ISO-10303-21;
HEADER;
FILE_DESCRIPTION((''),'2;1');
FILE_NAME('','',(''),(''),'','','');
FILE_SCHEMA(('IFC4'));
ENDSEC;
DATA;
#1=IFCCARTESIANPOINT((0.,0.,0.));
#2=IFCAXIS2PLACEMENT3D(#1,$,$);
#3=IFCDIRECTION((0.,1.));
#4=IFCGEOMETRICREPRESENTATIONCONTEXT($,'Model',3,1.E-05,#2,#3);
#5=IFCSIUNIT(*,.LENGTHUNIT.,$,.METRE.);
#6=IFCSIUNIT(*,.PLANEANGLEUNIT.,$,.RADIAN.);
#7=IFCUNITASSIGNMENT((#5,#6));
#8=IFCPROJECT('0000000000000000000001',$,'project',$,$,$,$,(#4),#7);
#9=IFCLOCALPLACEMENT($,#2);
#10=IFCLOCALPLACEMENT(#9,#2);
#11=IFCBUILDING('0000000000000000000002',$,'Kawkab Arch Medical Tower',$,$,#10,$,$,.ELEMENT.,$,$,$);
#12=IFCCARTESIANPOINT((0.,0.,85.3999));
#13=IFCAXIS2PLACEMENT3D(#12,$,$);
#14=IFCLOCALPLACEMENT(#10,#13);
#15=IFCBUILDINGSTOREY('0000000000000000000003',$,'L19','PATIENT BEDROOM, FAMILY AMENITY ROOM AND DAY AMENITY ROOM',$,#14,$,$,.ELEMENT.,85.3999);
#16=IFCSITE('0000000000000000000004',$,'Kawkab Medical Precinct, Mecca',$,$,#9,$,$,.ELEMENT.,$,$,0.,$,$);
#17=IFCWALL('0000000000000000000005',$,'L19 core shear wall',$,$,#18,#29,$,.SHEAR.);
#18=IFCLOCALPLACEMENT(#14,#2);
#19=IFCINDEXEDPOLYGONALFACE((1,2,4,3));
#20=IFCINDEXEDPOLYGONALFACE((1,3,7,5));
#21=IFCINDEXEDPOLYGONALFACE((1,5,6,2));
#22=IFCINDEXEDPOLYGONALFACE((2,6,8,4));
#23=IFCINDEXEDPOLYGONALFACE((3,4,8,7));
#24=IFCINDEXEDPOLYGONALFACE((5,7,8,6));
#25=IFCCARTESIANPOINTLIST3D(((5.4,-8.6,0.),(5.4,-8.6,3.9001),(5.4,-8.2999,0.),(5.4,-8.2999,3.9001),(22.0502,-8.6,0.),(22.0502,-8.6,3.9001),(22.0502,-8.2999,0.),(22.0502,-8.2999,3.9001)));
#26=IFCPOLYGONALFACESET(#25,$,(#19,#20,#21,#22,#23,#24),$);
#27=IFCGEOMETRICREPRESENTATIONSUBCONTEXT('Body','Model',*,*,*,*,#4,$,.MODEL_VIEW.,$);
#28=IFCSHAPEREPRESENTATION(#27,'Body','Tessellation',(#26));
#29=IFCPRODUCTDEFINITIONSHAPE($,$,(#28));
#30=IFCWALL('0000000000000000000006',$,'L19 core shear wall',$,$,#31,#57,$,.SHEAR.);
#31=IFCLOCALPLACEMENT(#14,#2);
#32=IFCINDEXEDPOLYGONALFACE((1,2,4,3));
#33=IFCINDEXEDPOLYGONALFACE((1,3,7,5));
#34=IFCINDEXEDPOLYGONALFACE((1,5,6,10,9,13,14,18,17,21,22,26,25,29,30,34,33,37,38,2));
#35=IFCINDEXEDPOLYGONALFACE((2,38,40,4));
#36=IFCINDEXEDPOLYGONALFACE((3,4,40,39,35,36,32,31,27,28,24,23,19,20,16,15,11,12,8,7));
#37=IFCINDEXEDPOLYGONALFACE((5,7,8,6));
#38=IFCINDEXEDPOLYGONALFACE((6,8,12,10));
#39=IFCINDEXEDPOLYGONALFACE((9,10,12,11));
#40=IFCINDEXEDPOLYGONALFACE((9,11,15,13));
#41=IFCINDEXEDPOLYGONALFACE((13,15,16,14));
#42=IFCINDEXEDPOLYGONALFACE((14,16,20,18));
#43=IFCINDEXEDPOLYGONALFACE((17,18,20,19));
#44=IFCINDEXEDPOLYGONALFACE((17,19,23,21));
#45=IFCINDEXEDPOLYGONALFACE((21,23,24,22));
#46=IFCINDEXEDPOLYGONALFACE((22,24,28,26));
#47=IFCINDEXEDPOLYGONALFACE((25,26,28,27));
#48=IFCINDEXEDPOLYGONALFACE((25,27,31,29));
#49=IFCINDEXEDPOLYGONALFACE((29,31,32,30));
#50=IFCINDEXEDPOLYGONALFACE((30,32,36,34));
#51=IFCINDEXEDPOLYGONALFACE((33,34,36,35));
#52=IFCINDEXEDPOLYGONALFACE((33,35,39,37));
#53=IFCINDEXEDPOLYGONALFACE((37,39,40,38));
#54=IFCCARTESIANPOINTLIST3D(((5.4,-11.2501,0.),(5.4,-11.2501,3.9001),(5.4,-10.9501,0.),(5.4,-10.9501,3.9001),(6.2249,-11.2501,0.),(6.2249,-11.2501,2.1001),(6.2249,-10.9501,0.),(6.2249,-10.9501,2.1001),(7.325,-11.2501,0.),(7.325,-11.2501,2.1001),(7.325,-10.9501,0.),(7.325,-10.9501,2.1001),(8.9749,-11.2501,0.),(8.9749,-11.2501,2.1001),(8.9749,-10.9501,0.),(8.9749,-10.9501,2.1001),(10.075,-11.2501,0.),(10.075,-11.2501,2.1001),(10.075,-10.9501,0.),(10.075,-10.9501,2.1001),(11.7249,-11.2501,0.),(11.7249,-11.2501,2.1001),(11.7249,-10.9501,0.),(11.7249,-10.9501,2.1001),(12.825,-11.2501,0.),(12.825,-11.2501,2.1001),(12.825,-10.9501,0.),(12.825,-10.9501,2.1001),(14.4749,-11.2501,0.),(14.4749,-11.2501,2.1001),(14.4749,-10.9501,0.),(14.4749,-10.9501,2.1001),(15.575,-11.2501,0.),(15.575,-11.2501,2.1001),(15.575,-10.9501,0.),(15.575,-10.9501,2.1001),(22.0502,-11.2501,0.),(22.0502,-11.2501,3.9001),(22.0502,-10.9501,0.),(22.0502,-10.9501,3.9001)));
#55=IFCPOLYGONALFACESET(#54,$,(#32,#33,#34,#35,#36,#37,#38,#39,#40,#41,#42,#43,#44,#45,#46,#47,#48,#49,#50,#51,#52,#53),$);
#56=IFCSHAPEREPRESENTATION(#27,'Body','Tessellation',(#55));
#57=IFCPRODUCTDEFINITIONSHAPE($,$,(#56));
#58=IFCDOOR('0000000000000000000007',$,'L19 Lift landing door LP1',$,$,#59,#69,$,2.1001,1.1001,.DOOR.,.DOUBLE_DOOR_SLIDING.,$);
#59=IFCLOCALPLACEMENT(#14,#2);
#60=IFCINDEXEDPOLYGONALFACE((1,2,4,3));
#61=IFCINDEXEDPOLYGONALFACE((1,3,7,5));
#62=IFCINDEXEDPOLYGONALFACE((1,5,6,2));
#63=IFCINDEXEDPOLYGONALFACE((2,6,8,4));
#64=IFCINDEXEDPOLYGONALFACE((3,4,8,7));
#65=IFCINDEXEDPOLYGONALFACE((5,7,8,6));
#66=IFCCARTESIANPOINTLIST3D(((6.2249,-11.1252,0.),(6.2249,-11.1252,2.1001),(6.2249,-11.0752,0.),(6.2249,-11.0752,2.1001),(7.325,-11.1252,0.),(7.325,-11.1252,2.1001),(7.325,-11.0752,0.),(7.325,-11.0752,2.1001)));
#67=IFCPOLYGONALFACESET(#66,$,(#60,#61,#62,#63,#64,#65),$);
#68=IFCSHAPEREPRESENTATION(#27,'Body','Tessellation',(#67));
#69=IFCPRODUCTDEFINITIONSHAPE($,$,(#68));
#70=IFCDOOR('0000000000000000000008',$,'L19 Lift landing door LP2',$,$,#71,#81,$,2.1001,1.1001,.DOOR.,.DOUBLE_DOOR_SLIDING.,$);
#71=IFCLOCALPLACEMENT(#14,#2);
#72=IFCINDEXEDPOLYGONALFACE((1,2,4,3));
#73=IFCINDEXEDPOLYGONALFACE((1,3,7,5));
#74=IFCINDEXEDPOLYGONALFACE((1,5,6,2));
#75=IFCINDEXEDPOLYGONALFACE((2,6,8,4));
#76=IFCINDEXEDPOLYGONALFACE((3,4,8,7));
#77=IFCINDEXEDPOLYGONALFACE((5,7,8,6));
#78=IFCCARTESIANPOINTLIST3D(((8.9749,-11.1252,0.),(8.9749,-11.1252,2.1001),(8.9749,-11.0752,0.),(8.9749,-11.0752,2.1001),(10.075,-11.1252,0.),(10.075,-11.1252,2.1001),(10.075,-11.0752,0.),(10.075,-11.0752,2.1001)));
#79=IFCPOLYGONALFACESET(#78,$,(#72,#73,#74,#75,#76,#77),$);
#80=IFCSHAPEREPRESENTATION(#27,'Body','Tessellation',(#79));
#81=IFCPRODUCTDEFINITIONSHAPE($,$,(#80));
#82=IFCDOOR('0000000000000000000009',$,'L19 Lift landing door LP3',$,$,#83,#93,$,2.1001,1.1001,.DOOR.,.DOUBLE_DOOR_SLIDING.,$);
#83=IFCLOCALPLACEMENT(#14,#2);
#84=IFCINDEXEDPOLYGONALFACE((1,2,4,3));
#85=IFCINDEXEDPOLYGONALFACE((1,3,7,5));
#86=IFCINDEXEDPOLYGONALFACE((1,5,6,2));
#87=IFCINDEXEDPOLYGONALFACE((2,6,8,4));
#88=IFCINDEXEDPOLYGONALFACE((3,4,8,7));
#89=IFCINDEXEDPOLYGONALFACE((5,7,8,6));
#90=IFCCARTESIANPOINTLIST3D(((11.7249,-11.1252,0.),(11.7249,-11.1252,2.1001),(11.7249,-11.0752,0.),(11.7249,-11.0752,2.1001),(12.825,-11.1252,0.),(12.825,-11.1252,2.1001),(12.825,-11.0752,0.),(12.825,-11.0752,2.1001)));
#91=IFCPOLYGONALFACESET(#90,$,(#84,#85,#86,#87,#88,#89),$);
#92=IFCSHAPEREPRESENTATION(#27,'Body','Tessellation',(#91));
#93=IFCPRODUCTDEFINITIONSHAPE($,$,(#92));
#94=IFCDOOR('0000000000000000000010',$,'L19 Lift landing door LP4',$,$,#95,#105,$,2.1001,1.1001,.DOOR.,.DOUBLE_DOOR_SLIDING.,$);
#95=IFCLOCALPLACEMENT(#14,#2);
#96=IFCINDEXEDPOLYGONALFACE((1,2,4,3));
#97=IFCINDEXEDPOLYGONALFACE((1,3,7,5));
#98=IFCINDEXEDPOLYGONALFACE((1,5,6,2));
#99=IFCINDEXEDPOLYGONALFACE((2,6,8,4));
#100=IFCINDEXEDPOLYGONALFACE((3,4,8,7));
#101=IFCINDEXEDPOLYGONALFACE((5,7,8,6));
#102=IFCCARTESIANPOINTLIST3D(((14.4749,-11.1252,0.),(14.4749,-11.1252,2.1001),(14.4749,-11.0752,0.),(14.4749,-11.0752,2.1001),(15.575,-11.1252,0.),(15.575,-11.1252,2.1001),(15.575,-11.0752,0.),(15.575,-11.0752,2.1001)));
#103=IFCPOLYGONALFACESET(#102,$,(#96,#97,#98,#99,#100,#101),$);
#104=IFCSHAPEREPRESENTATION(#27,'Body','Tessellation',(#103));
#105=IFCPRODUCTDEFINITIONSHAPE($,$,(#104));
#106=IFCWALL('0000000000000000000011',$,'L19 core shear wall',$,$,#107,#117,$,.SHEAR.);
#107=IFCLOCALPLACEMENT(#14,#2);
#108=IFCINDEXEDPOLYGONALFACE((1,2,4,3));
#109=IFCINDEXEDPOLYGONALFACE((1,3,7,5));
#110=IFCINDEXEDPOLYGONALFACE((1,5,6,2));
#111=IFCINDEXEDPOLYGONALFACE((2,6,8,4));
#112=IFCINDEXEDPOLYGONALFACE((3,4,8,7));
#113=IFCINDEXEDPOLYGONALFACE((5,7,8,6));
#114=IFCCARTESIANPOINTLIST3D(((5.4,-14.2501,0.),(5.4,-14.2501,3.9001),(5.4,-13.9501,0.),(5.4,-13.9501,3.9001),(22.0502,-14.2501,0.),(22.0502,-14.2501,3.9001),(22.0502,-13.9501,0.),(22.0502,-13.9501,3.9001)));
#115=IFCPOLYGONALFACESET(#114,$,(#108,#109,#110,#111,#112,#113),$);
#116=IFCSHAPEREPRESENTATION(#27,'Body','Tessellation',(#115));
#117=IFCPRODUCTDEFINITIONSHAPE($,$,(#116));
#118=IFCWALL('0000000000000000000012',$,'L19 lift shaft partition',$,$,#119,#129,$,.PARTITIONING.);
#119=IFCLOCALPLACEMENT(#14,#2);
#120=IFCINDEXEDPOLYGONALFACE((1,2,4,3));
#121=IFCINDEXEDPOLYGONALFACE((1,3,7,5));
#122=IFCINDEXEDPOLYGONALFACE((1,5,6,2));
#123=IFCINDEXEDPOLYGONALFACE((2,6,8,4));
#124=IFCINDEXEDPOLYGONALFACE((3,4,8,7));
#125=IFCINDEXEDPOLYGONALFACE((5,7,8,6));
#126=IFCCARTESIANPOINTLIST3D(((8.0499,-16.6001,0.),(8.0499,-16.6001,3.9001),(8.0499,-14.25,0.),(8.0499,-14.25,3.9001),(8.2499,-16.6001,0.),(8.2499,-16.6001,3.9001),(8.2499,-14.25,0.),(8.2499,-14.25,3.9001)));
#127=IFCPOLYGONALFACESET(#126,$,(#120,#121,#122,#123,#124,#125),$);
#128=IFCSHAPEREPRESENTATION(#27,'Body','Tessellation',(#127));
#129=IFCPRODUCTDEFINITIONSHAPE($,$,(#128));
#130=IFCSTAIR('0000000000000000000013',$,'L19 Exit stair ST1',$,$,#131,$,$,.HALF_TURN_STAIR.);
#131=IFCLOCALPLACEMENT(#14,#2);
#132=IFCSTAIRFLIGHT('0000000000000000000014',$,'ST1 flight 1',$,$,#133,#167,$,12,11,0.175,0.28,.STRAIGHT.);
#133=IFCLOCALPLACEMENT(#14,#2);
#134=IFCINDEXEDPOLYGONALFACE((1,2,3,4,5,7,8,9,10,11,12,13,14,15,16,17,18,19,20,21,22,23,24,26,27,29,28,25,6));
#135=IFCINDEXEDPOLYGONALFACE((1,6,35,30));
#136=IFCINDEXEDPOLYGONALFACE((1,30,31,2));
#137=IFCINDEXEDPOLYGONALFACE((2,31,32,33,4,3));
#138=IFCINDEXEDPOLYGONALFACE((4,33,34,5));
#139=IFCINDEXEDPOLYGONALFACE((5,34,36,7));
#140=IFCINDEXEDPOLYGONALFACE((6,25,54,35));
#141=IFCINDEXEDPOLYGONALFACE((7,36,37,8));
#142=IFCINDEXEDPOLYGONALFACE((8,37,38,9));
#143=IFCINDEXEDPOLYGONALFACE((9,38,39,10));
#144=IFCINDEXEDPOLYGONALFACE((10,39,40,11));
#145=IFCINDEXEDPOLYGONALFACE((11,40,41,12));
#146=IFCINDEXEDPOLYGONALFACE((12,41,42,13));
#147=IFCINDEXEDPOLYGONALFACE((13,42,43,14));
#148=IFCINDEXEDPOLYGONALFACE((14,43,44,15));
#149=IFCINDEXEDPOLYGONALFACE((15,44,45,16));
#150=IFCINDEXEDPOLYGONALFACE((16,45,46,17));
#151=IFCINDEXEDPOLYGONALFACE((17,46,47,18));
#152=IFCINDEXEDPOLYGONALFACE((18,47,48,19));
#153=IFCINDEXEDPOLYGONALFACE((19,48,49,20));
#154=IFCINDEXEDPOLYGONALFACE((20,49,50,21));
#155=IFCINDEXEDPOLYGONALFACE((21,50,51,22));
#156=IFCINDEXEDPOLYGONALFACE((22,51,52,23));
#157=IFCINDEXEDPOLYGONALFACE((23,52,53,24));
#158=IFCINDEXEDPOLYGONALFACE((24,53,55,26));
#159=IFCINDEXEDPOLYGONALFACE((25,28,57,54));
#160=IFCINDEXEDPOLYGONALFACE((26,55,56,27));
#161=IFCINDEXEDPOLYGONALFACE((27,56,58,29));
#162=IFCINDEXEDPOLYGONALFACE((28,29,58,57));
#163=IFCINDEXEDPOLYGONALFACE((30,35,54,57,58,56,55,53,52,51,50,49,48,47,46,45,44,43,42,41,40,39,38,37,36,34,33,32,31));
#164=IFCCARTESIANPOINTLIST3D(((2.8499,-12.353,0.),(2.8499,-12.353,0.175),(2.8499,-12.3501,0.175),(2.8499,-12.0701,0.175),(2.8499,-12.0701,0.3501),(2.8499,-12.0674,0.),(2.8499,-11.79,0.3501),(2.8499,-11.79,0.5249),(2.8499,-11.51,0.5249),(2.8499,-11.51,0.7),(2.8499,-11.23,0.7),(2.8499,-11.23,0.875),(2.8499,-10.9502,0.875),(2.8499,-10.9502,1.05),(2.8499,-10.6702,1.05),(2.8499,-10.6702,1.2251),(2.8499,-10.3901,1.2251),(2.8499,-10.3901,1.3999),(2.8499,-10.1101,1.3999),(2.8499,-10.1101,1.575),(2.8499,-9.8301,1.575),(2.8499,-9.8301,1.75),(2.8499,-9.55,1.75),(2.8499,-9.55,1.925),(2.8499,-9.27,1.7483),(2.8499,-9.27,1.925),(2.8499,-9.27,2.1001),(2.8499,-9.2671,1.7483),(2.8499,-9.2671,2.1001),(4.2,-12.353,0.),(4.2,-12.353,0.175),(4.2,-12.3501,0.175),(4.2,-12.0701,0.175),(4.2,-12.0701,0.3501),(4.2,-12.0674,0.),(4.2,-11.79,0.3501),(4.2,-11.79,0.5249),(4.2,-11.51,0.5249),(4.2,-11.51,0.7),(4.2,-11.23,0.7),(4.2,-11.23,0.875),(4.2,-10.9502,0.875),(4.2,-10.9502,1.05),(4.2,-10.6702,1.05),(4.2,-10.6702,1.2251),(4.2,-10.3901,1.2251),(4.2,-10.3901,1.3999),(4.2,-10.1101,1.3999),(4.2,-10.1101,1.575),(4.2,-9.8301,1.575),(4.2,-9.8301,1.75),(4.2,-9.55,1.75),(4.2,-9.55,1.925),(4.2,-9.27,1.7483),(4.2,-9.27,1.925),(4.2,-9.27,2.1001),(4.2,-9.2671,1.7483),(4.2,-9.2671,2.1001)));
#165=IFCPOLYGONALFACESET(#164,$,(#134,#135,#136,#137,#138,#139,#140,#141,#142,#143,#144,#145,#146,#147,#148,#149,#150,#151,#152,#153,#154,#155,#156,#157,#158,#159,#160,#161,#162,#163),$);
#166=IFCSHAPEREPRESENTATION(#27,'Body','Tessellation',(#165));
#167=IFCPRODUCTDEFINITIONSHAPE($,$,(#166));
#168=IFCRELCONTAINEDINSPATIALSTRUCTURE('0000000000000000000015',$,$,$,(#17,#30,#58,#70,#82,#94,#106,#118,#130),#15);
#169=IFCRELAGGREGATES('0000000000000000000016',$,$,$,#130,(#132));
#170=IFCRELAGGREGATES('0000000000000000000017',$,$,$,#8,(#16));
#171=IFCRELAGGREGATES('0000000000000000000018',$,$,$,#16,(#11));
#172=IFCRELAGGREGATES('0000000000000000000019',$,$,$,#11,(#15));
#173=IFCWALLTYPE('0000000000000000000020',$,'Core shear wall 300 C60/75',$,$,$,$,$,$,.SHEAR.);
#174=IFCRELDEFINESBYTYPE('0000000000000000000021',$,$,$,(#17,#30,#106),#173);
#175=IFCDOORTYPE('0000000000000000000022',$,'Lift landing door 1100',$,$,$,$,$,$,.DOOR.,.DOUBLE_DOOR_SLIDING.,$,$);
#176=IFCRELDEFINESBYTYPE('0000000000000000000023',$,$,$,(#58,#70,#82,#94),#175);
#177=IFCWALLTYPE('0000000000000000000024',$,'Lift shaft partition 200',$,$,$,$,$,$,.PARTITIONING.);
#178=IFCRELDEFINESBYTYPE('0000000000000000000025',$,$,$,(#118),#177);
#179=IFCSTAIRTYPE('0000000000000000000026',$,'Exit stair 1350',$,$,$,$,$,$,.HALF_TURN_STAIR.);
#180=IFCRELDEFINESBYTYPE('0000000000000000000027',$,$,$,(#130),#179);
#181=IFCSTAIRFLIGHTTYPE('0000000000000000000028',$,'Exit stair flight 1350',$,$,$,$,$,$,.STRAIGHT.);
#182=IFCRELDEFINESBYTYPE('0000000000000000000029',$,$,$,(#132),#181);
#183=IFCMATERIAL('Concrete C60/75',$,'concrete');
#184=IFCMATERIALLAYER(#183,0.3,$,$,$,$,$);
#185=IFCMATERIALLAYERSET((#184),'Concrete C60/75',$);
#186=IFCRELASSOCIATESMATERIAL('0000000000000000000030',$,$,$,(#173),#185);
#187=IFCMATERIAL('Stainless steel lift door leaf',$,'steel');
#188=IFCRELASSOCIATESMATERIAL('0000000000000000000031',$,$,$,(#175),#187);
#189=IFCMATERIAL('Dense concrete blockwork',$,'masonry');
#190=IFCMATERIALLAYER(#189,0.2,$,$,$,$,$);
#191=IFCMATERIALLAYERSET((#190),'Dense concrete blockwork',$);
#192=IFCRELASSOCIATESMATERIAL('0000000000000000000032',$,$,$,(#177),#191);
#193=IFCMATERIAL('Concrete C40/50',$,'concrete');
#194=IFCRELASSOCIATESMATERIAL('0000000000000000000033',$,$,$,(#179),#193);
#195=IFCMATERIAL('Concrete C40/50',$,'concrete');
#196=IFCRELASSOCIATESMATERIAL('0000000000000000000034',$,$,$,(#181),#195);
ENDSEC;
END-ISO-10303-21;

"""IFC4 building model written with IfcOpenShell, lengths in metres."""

from ifc_helpers import new_model, si_unit, direction, frame, frame_2d, origin, place, context, subcontext, project, spatial, polyline, rectangle, outline, extrude, material, layer, layer_set, type_object, element, fill, aggregate, save


model = new_model("IFC4")

# Units and contexts
model_context = context("Model", 3, precision=1e-05, world=origin(), true_north=direction((0.0, 1.0)))
body_context = subcontext(model_context, "Body", "Model", "MODEL_VIEW")
ifc_project = project(units=[si_unit("LENGTHUNIT", "METRE"), si_unit("PLANEANGLEUNIT", "RADIAN")], contexts=[model_context])

# Site, building, storey
site_placement = place(None, origin())
site = spatial("IfcSite", under=ifc_project, at=site_placement, Name="Kawkab Medical Precinct, Mecca", CompositionType="ELEMENT", RefElevation=0.0)
building_placement = place(site_placement, origin())
building = spatial("IfcBuilding", under=site, at=building_placement, Name="Kawkab Arch Medical Tower", CompositionType="ELEMENT")
storey_placement = place(building_placement, frame((0.0, 0.0, 85.3999)))
storey = spatial("IfcBuildingStorey", under=building, at=storey_placement, Name="L19", Description="PATIENT BEDROOM, FAMILY AMENITY ROOM AND DAY AMENITY ROOM", CompositionType="ELEMENT", Elevation=85.3999)

# Wall
ifc_material_1 = material(Name="Concrete C60/75", Category="concrete")
ifc_layer_1 = layer(ifc_material_1, 0.3)
ifc_layer_set_1 = layer_set([ifc_layer_1], Name="Concrete C60/75")
wall_type_1 = type_object("IfcWallType", Name="Core shear wall 300 C60/75", PredefinedType="SHEAR", material=ifc_layer_set_1)
wall_1_placement = place(storey_placement, frame((5.3999, -8.45, 0.0), z_axis=(0.0, 0.0, 1.0), x_axis=(1.0, 0.0, 0.0)))
element("IfcWall", 1, at=wall_1_placement, inside=storey, type_object=wall_type_1, Name="L19 core shear wall", PredefinedType="SHEAR", context=body_context, shape_type="SweptSolid", body=[
    extrude(rectangle(XDim=16.6501, YDim=0.3, at=frame_2d((8.3252, 0.0))), origin(), (0.0, 0.0, 1.0), 3.9001),
])

# Wall, openings, doors
wall_2_placement = place(storey_placement, frame((5.3999, -11.1001, 0.0), z_axis=(0.0, 0.0, 1.0), x_axis=(1.0, 0.0, 0.0)))
wall_2 = element("IfcWall", 2, at=wall_2_placement, inside=storey, type_object=wall_type_1, Name="L19 core shear wall", PredefinedType="SHEAR", context=body_context, shape_type="SweptSolid", body=[
    extrude(rectangle(XDim=16.6501, YDim=0.3, at=frame_2d((8.3252, 0.0))), origin(), (0.0, 0.0, 1.0), 3.9001),
])
opening_1_placement = place(wall_2_placement, frame((0.825, 0.0, 0.0)))
opening_1 = element("IfcOpeningElement", 3, at=opening_1_placement, cuts=wall_2, PredefinedType="OPENING", context=body_context, shape_type="SweptSolid", body=[
    extrude(rectangle(XDim=1.1001, YDim=2.1001, at=frame_2d((0.55, 1.05))), frame((0.0, 0.1599, 0.0), z_axis=(0.0, -1.0, 0.0), x_axis=(1.0, 0.0, 0.0)), (0.0, 0.0, 1.0), 0.3201),
])
opening_2_placement = place(wall_2_placement, frame((3.575, 0.0, 0.0)))
opening_2 = element("IfcOpeningElement", 4, at=opening_2_placement, cuts=wall_2, PredefinedType="OPENING", context=body_context, shape_type="SweptSolid", body=[
    extrude(rectangle(XDim=1.1001, YDim=2.1001, at=frame_2d((0.55, 1.05))), frame((0.0, 0.1599, 0.0), z_axis=(0.0, -1.0, 0.0), x_axis=(1.0, 0.0, 0.0)), (0.0, 0.0, 1.0), 0.3201),
])
opening_3_placement = place(wall_2_placement, frame((6.325, 0.0, 0.0)))
opening_3 = element("IfcOpeningElement", 5, at=opening_3_placement, cuts=wall_2, PredefinedType="OPENING", context=body_context, shape_type="SweptSolid", body=[
    extrude(rectangle(XDim=1.1001, YDim=2.1001, at=frame_2d((0.55, 1.05))), frame((0.0, 0.1599, 0.0), z_axis=(0.0, -1.0, 0.0), x_axis=(1.0, 0.0, 0.0)), (0.0, 0.0, 1.0), 0.3201),
])
opening_4_placement = place(wall_2_placement, frame((9.075, 0.0, 0.0)))
opening_4 = element("IfcOpeningElement", 6, at=opening_4_placement, cuts=wall_2, PredefinedType="OPENING", context=body_context, shape_type="SweptSolid", body=[
    extrude(rectangle(XDim=1.1001, YDim=2.1001, at=frame_2d((0.55, 1.05))), frame((0.0, 0.1599, 0.0), z_axis=(0.0, -1.0, 0.0), x_axis=(1.0, 0.0, 0.0)), (0.0, 0.0, 1.0), 0.3201),
])
ifc_material_2 = material(Name="Stainless steel lift door leaf", Category="steel")
door_type = type_object("IfcDoorType", Name="Lift landing door 1100", OperationType="DOUBLE_DOOR_SLIDING", PredefinedType="DOOR", material=ifc_material_2)
door_1_placement = place(opening_1_placement, origin())
door_1 = element("IfcDoor", 7, at=door_1_placement, inside=storey, type_object=door_type, Name="L19 Lift landing door LP1", OperationType="DOUBLE_DOOR_SLIDING", OverallHeight=2.1001, OverallWidth=1.1001, PredefinedType="DOOR", context=body_context, shape_type="SweptSolid", body=[
    extrude(rectangle(XDim=1.1001, YDim=2.1001, at=frame_2d((0.55, 1.05))), frame((0.0, 0.0249, 0.0), z_axis=(0.0, -1.0, 0.0), x_axis=(1.0, 0.0, 0.0)), (0.0, 0.0, 1.0), 0.05),
])
fill(opening_1, door_1)
door_2_placement = place(opening_2_placement, origin())
door_2 = element("IfcDoor", 8, at=door_2_placement, inside=storey, type_object=door_type, Name="L19 Lift landing door LP2", OperationType="DOUBLE_DOOR_SLIDING", OverallHeight=2.1001, OverallWidth=1.1001, PredefinedType="DOOR", context=body_context, shape_type="SweptSolid", body=[
    extrude(rectangle(XDim=1.1001, YDim=2.1001, at=frame_2d((0.55, 1.05))), frame((0.0, 0.0249, 0.0), z_axis=(0.0, -1.0, 0.0), x_axis=(1.0, 0.0, 0.0)), (0.0, 0.0, 1.0), 0.05),
])
fill(opening_2, door_2)
door_3_placement = place(opening_3_placement, origin())
door_3 = element("IfcDoor", 9, at=door_3_placement, inside=storey, type_object=door_type, Name="L19 Lift landing door LP3", OperationType="DOUBLE_DOOR_SLIDING", OverallHeight=2.1001, OverallWidth=1.1001, PredefinedType="DOOR", context=body_context, shape_type="SweptSolid", body=[
    extrude(rectangle(XDim=1.1001, YDim=2.1001, at=frame_2d((0.55, 1.05))), frame((0.0, 0.0249, 0.0), z_axis=(0.0, -1.0, 0.0), x_axis=(1.0, 0.0, 0.0)), (0.0, 0.0, 1.0), 0.05),
])
fill(opening_3, door_3)
door_4_placement = place(opening_4_placement, origin())
door_4 = element("IfcDoor", 10, at=door_4_placement, inside=storey, type_object=door_type, Name="L19 Lift landing door LP4", OperationType="DOUBLE_DOOR_SLIDING", OverallHeight=2.1001, OverallWidth=1.1001, PredefinedType="DOOR", context=body_context, shape_type="SweptSolid", body=[
    extrude(rectangle(XDim=1.1001, YDim=2.1001, at=frame_2d((0.55, 1.05))), frame((0.0, 0.0249, 0.0), z_axis=(0.0, -1.0, 0.0), x_axis=(1.0, 0.0, 0.0)), (0.0, 0.0, 1.0), 0.05),
])
fill(opening_4, door_4)

# Walls
wall_3_placement = place(storey_placement, frame((5.3999, -14.1001, 0.0), z_axis=(0.0, 0.0, 1.0), x_axis=(1.0, 0.0, 0.0)))
element("IfcWall", 11, at=wall_3_placement, inside=storey, type_object=wall_type_1, Name="L19 core shear wall", PredefinedType="SHEAR", context=body_context, shape_type="SweptSolid", body=[
    extrude(rectangle(XDim=16.6501, YDim=0.3, at=frame_2d((8.3252, 0.0))), origin(), (0.0, 0.0, 1.0), 3.9001),
])
ifc_material_3 = material(Name="Dense concrete blockwork", Category="masonry")
ifc_layer_2 = layer(ifc_material_3, 0.2)
ifc_layer_set_2 = layer_set([ifc_layer_2], Name="Dense concrete blockwork")
wall_type_2 = type_object("IfcWallType", Name="Lift shaft partition 200", PredefinedType="PARTITIONING", material=ifc_layer_set_2)
wall_4_placement = place(storey_placement, frame((8.1499, -16.6001, 0.0), z_axis=(0.0, 0.0, 1.0), x_axis=(0.0, 1.0, 0.0)))
element("IfcWall", 12, at=wall_4_placement, inside=storey, type_object=wall_type_2, Name="L19 lift shaft partition", PredefinedType="PARTITIONING", context=body_context, shape_type="SweptSolid", body=[
    extrude(rectangle(XDim=2.3501, YDim=0.2, at=frame_2d((1.175, 0.0))), origin(), (0.0, 0.0, 1.0), 3.9001),
])

# Stair, stair flight
ifc_material_4 = material(Name="Concrete C40/50", Category="concrete")
stair_type = type_object("IfcStairType", Name="Exit stair 1350", PredefinedType="HALF_TURN_STAIR", material=ifc_material_4)
stair_placement = place(storey_placement, origin())
stair = element("IfcStair", 13, at=stair_placement, inside=storey, type_object=stair_type, Name="L19 Exit stair ST1", PredefinedType="HALF_TURN_STAIR")
ifc_material_5 = material(Name="Concrete C40/50", Category="concrete")
stair_flight_type = type_object("IfcStairFlightType", Name="Exit stair flight 1350", PredefinedType="STRAIGHT", material=ifc_material_5)
stair_flight_placement = place(storey_placement, frame((3.5249, -12.3501, 0.0), z_axis=(0.0, 0.0, 1.0), x_axis=(0.0, 1.0, 0.0)))
stair_flight = element("IfcStairFlight", 14, at=stair_flight_placement, type_object=stair_flight_type, Name="ST1 flight 1", NumberOfRisers=12, NumberOfTreads=11, PredefinedType="STRAIGHT", RiserHeight=0.175, TreadLength=0.28, context=body_context, shape_type="SweptSolid", body=[
    extrude(outline(polyline([(-0.0029, 0.0), (-0.0029, 0.175), (0.0, 0.175), (0.28, 0.175), (0.28, 0.3501), (0.5601, 0.3501), (0.5601, 0.5249), (0.8401, 0.5249), (0.8401, 0.7), (1.1201, 0.7), (1.1201, 0.875), (1.3999, 0.875), (1.3999, 1.05), (1.6799, 1.05), (1.6799, 1.2251), (1.96, 1.2251), (1.96, 1.3999), (2.24, 1.3999), (2.24, 1.575), (2.52, 1.575), (2.52, 1.75), (2.8, 1.75), (2.8, 1.925), (3.0801, 1.925), (3.0801, 2.1001), (3.083, 2.1001), (3.083, 1.7483), (3.0801, 1.7483), (0.2827, 0.0), (-0.0029, 0.0)])), frame((0.0, 0.675, 0.0), z_axis=(0.0, -1.0, 0.0), x_axis=(1.0, 0.0, 0.0)), (0.0, 0.0, 1.0), 1.3501),
])
aggregate(stair, [stair_flight])

save(model, "model.ifc")
